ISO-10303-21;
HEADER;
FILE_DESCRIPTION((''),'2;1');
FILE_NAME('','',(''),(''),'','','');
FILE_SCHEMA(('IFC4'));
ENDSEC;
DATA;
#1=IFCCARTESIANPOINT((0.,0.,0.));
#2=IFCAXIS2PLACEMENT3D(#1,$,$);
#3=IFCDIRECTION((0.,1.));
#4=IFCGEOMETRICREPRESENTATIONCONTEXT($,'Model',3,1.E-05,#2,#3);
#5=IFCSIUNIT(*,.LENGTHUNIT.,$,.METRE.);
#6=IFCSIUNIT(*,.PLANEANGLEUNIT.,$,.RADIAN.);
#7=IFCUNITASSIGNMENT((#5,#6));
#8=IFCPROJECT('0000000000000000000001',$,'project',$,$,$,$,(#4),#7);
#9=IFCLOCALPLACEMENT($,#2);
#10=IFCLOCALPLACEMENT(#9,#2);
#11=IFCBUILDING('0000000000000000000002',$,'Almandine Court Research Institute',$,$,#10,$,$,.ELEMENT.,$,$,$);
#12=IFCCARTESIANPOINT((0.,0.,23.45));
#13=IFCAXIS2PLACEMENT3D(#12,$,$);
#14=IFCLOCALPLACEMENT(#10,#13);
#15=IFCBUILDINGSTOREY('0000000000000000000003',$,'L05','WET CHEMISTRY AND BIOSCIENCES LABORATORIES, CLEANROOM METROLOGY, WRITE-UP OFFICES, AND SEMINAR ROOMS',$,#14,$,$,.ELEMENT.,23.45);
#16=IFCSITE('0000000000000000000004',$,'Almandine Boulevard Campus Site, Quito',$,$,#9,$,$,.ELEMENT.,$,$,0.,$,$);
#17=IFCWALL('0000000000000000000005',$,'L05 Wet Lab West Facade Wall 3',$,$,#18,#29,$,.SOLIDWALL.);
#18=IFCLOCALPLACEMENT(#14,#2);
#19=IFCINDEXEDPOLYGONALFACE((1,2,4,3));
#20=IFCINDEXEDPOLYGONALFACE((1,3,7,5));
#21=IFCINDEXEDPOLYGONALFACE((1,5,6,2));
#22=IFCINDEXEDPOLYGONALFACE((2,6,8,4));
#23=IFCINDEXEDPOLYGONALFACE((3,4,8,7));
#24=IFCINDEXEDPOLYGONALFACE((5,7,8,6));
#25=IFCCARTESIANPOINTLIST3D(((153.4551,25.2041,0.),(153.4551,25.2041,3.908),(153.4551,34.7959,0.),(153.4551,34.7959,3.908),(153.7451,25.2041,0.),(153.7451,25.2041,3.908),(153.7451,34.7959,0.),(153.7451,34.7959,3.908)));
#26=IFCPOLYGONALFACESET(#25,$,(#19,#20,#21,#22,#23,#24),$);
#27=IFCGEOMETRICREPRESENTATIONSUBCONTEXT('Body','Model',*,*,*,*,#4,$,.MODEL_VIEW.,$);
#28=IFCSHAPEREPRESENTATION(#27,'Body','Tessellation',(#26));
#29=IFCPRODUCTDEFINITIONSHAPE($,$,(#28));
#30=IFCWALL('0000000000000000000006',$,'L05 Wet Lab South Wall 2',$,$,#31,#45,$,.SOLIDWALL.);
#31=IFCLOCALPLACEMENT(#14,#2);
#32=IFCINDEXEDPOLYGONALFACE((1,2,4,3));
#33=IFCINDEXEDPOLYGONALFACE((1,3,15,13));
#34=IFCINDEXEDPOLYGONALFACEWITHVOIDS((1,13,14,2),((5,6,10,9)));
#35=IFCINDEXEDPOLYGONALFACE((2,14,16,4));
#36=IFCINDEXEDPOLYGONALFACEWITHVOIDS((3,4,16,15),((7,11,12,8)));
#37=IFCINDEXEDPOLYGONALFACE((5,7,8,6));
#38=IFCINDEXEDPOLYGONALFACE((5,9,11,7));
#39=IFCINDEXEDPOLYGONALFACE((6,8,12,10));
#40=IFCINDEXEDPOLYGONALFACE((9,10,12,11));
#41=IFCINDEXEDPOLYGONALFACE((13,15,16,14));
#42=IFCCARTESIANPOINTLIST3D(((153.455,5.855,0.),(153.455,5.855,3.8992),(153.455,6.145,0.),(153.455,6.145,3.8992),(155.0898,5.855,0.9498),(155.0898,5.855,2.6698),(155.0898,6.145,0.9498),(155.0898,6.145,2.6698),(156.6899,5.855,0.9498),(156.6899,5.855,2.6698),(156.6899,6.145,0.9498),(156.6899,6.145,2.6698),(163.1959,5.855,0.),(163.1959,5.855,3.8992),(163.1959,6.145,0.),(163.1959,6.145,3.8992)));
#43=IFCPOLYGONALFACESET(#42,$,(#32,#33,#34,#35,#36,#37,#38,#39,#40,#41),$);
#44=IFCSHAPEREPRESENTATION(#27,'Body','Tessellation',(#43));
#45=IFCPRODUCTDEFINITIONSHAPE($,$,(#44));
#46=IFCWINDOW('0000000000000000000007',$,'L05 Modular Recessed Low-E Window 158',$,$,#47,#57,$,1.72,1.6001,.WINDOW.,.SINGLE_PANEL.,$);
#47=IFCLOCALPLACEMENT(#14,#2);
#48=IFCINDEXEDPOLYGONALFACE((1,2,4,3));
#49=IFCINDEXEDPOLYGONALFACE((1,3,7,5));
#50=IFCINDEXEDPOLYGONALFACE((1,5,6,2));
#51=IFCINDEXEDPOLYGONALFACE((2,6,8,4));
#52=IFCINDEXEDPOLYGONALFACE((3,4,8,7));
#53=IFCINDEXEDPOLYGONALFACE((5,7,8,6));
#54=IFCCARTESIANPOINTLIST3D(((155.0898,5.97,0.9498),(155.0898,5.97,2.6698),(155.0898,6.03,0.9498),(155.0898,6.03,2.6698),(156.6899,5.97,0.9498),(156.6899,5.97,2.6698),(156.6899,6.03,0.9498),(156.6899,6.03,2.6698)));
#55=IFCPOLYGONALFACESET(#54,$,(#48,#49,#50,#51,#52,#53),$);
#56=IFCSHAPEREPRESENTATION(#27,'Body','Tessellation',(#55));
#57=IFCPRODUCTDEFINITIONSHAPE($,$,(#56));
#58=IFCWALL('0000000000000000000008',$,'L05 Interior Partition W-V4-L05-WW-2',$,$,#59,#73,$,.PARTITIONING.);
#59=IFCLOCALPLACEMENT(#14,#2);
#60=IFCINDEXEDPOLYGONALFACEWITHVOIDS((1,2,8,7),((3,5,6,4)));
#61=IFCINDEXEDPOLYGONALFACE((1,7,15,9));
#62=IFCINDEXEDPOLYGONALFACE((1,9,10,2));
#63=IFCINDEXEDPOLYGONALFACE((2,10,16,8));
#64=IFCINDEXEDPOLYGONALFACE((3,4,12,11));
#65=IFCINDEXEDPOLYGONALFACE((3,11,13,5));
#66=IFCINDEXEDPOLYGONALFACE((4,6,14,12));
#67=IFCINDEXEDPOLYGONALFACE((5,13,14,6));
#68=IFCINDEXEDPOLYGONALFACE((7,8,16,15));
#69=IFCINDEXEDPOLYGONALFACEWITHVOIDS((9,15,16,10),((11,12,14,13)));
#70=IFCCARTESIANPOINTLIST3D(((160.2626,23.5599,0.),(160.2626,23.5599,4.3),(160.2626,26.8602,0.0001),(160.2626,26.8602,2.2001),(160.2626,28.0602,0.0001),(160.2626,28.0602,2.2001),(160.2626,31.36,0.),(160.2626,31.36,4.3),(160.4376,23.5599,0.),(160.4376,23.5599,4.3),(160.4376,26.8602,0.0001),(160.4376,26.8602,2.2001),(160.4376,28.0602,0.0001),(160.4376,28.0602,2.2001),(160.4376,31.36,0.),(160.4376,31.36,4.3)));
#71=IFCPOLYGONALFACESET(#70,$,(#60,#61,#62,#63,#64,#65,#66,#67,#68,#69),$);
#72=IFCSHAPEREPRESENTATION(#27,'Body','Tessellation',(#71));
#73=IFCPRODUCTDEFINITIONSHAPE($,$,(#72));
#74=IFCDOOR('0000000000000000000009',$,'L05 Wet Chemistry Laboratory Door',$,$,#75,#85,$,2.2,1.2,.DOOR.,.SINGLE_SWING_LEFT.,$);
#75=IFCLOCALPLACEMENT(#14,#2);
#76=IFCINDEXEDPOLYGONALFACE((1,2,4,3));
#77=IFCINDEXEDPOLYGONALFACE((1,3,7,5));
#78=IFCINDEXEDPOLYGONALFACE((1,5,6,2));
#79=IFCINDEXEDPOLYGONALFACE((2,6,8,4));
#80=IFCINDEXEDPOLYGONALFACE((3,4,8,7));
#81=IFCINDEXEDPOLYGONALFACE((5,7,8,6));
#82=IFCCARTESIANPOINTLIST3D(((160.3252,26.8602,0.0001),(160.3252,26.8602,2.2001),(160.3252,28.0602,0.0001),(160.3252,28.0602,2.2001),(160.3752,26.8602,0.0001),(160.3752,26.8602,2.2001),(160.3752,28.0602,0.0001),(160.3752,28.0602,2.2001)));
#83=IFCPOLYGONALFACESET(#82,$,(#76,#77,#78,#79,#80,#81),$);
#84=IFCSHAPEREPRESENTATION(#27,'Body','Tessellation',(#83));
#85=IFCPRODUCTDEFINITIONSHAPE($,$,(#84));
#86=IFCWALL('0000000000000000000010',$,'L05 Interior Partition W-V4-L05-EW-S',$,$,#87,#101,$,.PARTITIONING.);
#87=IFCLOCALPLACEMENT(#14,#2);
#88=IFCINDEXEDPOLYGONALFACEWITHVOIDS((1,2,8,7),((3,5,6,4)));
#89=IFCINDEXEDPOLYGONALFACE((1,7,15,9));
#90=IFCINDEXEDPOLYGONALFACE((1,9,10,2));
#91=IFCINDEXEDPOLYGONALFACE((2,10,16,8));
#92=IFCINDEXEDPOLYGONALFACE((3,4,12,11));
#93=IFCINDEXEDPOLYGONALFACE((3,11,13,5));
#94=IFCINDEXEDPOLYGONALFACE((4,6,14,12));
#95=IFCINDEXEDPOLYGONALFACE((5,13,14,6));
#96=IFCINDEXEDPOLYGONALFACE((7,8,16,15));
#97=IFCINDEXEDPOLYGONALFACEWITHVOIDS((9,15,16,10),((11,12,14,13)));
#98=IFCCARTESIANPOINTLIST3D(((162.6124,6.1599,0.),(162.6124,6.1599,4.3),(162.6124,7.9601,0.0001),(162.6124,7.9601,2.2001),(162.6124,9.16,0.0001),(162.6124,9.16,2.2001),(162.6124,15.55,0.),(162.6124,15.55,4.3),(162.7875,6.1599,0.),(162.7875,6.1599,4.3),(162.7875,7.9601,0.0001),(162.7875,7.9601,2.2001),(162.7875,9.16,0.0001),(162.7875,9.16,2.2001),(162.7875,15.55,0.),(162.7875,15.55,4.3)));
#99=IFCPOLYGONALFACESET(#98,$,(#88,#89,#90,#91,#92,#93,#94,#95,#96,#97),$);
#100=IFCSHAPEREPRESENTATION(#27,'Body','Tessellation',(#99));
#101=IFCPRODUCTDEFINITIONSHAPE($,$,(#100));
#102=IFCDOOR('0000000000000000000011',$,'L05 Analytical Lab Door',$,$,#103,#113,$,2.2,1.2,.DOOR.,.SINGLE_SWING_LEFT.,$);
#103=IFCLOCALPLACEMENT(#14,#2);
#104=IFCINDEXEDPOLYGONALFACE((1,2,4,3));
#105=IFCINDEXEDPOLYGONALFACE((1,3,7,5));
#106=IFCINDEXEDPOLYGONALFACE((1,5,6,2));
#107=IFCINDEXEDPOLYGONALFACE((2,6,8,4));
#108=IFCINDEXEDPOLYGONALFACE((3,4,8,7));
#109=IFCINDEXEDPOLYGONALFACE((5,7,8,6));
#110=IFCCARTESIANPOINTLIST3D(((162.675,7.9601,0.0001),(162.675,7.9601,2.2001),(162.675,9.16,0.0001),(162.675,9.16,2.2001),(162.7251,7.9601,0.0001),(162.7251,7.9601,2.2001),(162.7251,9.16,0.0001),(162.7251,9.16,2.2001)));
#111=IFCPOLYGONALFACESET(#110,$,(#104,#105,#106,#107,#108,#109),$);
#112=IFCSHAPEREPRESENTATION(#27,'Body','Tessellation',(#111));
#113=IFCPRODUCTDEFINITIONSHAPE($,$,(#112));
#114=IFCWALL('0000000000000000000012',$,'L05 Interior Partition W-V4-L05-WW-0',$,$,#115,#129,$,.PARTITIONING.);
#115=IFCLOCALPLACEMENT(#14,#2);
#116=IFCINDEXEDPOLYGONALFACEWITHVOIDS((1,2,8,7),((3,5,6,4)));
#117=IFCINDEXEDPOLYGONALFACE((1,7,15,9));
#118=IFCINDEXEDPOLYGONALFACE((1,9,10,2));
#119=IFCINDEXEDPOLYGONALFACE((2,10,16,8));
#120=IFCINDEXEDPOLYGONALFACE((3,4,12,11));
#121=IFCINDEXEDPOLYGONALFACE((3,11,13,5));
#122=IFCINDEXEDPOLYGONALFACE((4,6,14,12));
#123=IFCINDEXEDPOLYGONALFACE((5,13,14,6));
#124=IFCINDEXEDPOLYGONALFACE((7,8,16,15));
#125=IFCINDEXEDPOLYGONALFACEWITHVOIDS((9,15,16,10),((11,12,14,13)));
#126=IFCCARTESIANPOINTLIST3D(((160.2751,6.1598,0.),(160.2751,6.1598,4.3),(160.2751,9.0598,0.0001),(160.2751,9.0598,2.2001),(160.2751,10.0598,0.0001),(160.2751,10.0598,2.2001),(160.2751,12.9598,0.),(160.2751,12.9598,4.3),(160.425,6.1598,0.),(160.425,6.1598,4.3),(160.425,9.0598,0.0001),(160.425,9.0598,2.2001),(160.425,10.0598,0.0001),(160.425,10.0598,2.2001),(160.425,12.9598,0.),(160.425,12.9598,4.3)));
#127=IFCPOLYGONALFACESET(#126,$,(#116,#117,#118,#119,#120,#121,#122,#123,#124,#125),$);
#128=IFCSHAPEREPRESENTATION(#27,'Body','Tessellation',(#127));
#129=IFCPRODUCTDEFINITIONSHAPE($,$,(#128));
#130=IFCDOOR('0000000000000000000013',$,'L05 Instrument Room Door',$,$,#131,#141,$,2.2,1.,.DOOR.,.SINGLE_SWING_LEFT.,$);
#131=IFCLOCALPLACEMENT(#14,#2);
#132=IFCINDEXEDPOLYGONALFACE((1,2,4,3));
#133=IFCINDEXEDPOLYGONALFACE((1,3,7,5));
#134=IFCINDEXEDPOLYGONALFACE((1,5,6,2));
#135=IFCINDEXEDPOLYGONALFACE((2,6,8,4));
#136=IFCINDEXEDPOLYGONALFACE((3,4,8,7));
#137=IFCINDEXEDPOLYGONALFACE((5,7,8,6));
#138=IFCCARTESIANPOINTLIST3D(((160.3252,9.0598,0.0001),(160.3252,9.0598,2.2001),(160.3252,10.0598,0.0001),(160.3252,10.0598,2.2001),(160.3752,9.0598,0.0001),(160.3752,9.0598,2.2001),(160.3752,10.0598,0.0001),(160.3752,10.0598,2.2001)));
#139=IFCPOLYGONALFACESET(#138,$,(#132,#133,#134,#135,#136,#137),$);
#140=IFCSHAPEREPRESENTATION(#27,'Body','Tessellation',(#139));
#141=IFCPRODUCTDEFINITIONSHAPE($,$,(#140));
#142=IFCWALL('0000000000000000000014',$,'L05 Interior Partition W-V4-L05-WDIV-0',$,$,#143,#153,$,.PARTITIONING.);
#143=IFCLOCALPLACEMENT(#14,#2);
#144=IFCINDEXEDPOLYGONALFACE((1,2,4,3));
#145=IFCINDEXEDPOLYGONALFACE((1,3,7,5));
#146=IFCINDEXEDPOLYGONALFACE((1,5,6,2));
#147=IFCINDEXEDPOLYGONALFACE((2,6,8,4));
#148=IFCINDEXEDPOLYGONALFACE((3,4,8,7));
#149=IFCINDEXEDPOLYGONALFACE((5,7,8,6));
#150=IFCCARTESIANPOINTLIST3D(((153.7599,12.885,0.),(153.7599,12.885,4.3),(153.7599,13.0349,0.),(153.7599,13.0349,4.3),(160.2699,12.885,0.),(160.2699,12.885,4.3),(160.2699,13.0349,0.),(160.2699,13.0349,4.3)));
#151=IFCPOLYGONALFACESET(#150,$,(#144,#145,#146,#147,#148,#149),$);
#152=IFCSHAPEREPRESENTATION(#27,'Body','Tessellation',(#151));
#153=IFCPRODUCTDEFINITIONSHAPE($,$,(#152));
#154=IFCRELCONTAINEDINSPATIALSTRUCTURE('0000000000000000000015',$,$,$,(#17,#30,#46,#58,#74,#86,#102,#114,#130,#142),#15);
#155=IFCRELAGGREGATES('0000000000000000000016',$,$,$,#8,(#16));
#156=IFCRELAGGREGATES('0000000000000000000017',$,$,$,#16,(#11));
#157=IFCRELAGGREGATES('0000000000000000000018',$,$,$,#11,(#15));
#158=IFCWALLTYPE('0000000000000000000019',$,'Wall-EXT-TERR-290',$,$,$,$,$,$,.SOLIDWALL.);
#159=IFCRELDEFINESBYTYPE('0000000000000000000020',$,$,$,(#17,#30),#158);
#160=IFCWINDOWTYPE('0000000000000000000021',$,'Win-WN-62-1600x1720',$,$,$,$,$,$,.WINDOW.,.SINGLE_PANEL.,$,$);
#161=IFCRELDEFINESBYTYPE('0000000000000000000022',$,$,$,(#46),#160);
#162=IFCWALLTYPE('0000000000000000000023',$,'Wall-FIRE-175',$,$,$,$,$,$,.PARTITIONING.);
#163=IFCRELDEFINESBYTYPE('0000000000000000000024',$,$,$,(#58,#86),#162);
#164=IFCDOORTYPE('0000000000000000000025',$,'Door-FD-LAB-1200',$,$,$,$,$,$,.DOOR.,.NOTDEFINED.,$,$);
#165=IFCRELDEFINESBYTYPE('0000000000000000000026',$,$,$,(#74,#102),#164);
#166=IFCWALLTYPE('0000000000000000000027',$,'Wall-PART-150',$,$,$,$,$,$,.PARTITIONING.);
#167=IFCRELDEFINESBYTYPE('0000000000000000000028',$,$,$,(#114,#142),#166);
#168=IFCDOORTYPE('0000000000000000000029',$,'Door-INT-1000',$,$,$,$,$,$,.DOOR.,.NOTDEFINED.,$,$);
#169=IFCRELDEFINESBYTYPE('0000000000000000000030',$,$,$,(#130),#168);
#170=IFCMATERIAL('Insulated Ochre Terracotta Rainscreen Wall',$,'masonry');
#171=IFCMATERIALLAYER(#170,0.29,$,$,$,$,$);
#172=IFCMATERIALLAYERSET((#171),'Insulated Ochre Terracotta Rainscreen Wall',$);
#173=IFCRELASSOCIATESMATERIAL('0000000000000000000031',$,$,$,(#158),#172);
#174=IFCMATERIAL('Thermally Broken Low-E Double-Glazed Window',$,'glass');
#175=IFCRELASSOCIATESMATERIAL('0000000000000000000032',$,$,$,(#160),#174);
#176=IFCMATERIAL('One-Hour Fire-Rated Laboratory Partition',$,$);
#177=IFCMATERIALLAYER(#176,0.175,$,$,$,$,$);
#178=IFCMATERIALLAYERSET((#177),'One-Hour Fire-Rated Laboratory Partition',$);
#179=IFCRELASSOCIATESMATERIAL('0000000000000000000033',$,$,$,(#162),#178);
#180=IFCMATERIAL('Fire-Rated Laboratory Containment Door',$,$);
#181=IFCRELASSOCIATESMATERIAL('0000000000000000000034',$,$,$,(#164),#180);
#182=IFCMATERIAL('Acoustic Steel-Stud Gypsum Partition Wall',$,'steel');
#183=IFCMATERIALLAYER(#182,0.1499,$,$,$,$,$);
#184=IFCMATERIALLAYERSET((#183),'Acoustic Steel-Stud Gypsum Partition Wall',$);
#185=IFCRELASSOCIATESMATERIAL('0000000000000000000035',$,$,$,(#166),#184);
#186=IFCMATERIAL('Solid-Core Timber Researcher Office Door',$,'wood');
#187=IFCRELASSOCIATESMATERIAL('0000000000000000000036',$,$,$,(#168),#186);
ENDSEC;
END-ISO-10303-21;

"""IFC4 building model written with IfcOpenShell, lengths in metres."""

from ifc_helpers import new_model, si_unit, direction, frame, frame_2d, origin, place, context, subcontext, project, spatial, rectangle, extrude, material, layer, layer_set, type_object, element, fill, save


model = new_model("IFC4")

# Units and contexts
model_context = context("Model", 3, precision=1e-05, world=origin(), true_north=direction((0.0, 1.0)))
body_context = subcontext(model_context, "Body", "Model", "MODEL_VIEW")
ifc_project = project(units=[si_unit("LENGTHUNIT", "METRE"), si_unit("PLANEANGLEUNIT", "RADIAN")], contexts=[model_context])

# Site, building, storey
site_placement = place(None, origin())
site = spatial("IfcSite", under=ifc_project, at=site_placement, Name="Almandine Boulevard Campus Site, Quito", CompositionType="ELEMENT", RefElevation=0.0)
building_placement = place(site_placement, origin())
building = spatial("IfcBuilding", under=site, at=building_placement, Name="Almandine Court Research Institute", CompositionType="ELEMENT")
storey_placement = place(building_placement, frame((0.0, 0.0, 23.45)))
storey = spatial("IfcBuildingStorey", under=building, at=storey_placement, Name="L05", Description="WET CHEMISTRY AND BIOSCIENCES LABORATORIES, CLEANROOM METROLOGY, WRITE-UP OFFICES, AND SEMINAR ROOMS", CompositionType="ELEMENT", Elevation=23.45)

# Wall
ifc_material_1 = material(Name="Insulated Ochre Terracotta Rainscreen Wall", Category="masonry")
ifc_layer_1 = layer(ifc_material_1, 0.29)
ifc_layer_set_1 = layer_set([ifc_layer_1], Name="Insulated Ochre Terracotta Rainscreen Wall")
wall_type_1 = type_object("IfcWallType", Name="Wall-EXT-TERR-290", PredefinedType="SOLIDWALL", material=ifc_layer_set_1)
wall_1_placement = place(storey_placement, frame((153.6001, 25.2041, 0.0), z_axis=(0.0, 0.0, 1.0), x_axis=(0.0, 1.0, 0.0)))
element("IfcWall", 1, at=wall_1_placement, inside=storey, type_object=wall_type_1, Name="L05 Wet Lab West Facade Wall 3", PredefinedType="SOLIDWALL", context=body_context, shape_type="SweptSolid", body=[
    extrude(rectangle(XDim=9.5918, YDim=0.29, at=frame_2d((4.7959, 0.0))), origin(), (0.0, 0.0, 1.0), 3.908),
])

# Wall, opening, window
wall_2_placement = place(storey_placement, frame((163.196, 6.0, 0.0), z_axis=(0.0, 0.0, 1.0), x_axis=(-1.0, 0.0, 0.0)))
wall_2 = element("IfcWall", 2, at=wall_2_placement, inside=storey, type_object=wall_type_1, Name="L05 Wet Lab South Wall 2", PredefinedType="SOLIDWALL", context=body_context, shape_type="SweptSolid", body=[
    extrude(rectangle(XDim=9.741, YDim=0.29, at=frame_2d((4.8706, 0.0))), origin(), (0.0, 0.0, 1.0), 3.8992),
])
opening_1_placement = place(wall_2_placement, frame((6.5061, 0.0, 0.95)))
opening_1 = element("IfcOpeningElement", 3, at=opening_1_placement, cuts=wall_2, PredefinedType="OPENING", context=body_context, shape_type="SweptSolid", body=[
    extrude(rectangle(XDim=1.6001, YDim=1.72, at=frame_2d((0.8, 0.8599))), frame((0.0, 0.155, 0.0), z_axis=(0.0, -1.0, 0.0), x_axis=(1.0, 0.0, 0.0)), (0.0, 0.0, 1.0), 0.3101),
])
ifc_material_2 = material(Name="Thermally Broken Low-E Double-Glazed Window", Category="glass")
window_type = type_object("IfcWindowType", Name="Win-WN-62-1600x1720", PartitioningType="SINGLE_PANEL", PredefinedType="WINDOW", material=ifc_material_2)
window_placement = place(opening_1_placement, origin())
window = element("IfcWindow", 4, at=window_placement, inside=storey, type_object=window_type, Name="L05 Modular Recessed Low-E Window 158", OverallHeight=1.72, OverallWidth=1.6001, PartitioningType="SINGLE_PANEL", PredefinedType="WINDOW", context=body_context, shape_type="SweptSolid", body=[
    extrude(rectangle(XDim=1.6001, YDim=1.72, at=frame_2d((0.8, 0.8599))), frame((0.0, 0.03, 0.0), z_axis=(0.0, -1.0, 0.0), x_axis=(1.0, 0.0, 0.0)), (0.0, 0.0, 1.0), 0.0601),
])
fill(opening_1, window)

# Walls, openings, doors
ifc_material_3 = material(Name="One-Hour Fire-Rated Laboratory Partition")
ifc_layer_2 = layer(ifc_material_3, 0.175)
ifc_layer_set_2 = layer_set([ifc_layer_2], Name="One-Hour Fire-Rated Laboratory Partition")
wall_type_2 = type_object("IfcWallType", Name="Wall-FIRE-175", PredefinedType="PARTITIONING", material=ifc_layer_set_2)
wall_3_placement = place(storey_placement, frame((160.3501, 23.5601, 0.0), z_axis=(0.0, 0.0, 1.0), x_axis=(0.0, 1.0, 0.0)))
wall_3 = element("IfcWall", 5, at=wall_3_placement, inside=storey, type_object=wall_type_2, Name="L05 Interior Partition W-V4-L05-WW-2", PredefinedType="PARTITIONING", context=body_context, shape_type="SweptSolid", body=[
    extrude(rectangle(XDim=7.8, YDim=0.175, at=frame_2d((3.8999, 0.0))), origin(), (0.0, 0.0, 1.0), 4.3),
])
opening_2_placement = place(wall_3_placement, frame((3.3, 0.0, 0.0)))
opening_2 = element("IfcOpeningElement", 6, at=opening_2_placement, cuts=wall_3, PredefinedType="OPENING", context=body_context, shape_type="SweptSolid", body=[
    extrude(rectangle(XDim=1.2, YDim=2.2, at=frame_2d((0.6001, 1.1001))), frame((0.0, 0.0974, 0.0), z_axis=(0.0, -1.0, 0.0), x_axis=(1.0, 0.0, 0.0)), (0.0, 0.0, 1.0), 0.1951),
])
ifc_material_4 = material(Name="Fire-Rated Laboratory Containment Door")
door_type_1 = type_object("IfcDoorType", Name="Door-FD-LAB-1200", OperationType="NOTDEFINED", PredefinedType="DOOR", material=ifc_material_4)
door_1_placement = place(opening_2_placement, origin())
door_1 = element("IfcDoor", 7, at=door_1_placement, inside=storey, type_object=door_type_1, Name="L05 Wet Chemistry Laboratory Door", OperationType="SINGLE_SWING_LEFT", OverallHeight=2.2, OverallWidth=1.2, PredefinedType="DOOR", context=body_context, shape_type="SweptSolid", body=[
    extrude(rectangle(XDim=1.2, YDim=2.2, at=frame_2d((0.6001, 1.1001))), frame((0.0, 0.0249, 0.0), z_axis=(0.0, -1.0, 0.0), x_axis=(1.0, 0.0, 0.0)), (0.0, 0.0, 1.0), 0.05),
])
fill(opening_2, door_1)
wall_4_placement = place(storey_placement, frame((162.7, 6.1599, 0.0), z_axis=(0.0, 0.0, 1.0), x_axis=(0.0, 1.0, 0.0)))
wall_4 = element("IfcWall", 8, at=wall_4_placement, inside=storey, type_object=wall_type_2, Name="L05 Interior Partition W-V4-L05-EW-S", PredefinedType="PARTITIONING", context=body_context, shape_type="SweptSolid", body=[
    extrude(rectangle(XDim=9.3901, YDim=0.175, at=frame_2d((4.6951, 0.0))), origin(), (0.0, 0.0, 1.0), 4.3),
])
opening_3_placement = place(wall_4_placement, frame((1.8, 0.0, 0.0)))
opening_3 = element("IfcOpeningElement", 9, at=opening_3_placement, cuts=wall_4, PredefinedType="OPENING", context=body_context, shape_type="SweptSolid", body=[
    extrude(rectangle(XDim=1.2, YDim=2.2, at=frame_2d((0.6001, 1.1001))), frame((0.0, 0.0974, 0.0), z_axis=(0.0, -1.0, 0.0), x_axis=(1.0, 0.0, 0.0)), (0.0, 0.0, 1.0), 0.1951),
])
door_2_placement = place(opening_3_placement, origin())
door_2 = element("IfcDoor", 10, at=door_2_placement, inside=storey, type_object=door_type_1, Name="L05 Analytical Lab Door", OperationType="SINGLE_SWING_LEFT", OverallHeight=2.2, OverallWidth=1.2, PredefinedType="DOOR", context=body_context, shape_type="SweptSolid", body=[
    extrude(rectangle(XDim=1.2, YDim=2.2, at=frame_2d((0.6001, 1.1001))), frame((0.0, 0.0249, 0.0), z_axis=(0.0, -1.0, 0.0), x_axis=(1.0, 0.0, 0.0)), (0.0, 0.0, 1.0), 0.05),
])
fill(opening_3, door_2)
ifc_material_5 = material(Name="Acoustic Steel-Stud Gypsum Partition Wall", Category="steel")
ifc_layer_3 = layer(ifc_material_5, 0.1499)
ifc_layer_set_3 = layer_set([ifc_layer_3], Name="Acoustic Steel-Stud Gypsum Partition Wall")
wall_type_3 = type_object("IfcWallType", Name="Wall-PART-150", PredefinedType="PARTITIONING", material=ifc_layer_set_3)
wall_5_placement = place(storey_placement, frame((160.3501, 6.1599, 0.0), z_axis=(0.0, 0.0, 1.0), x_axis=(0.0, 1.0, 0.0)))
wall_5 = element("IfcWall", 11, at=wall_5_placement, inside=storey, type_object=wall_type_3, Name="L05 Interior Partition W-V4-L05-WW-0", PredefinedType="PARTITIONING", context=body_context, shape_type="SweptSolid", body=[
    extrude(rectangle(XDim=6.8, YDim=0.1499, at=frame_2d((3.3999, 0.0))), origin(), (0.0, 0.0, 1.0), 4.3),
])
opening_4_placement = place(wall_5_placement, frame((2.8999, 0.0, 0.0)))
opening_4 = element("IfcOpeningElement", 12, at=opening_4_placement, cuts=wall_5, PredefinedType="OPENING", context=body_context, shape_type="SweptSolid", body=[
    extrude(rectangle(XDim=1.0, YDim=2.2, at=frame_2d((0.5, 1.1001))), frame((0.0, 0.085, 0.0), z_axis=(0.0, -1.0, 0.0), x_axis=(1.0, 0.0, 0.0)), (0.0, 0.0, 1.0), 0.1699),
])
ifc_material_6 = material(Name="Solid-Core Timber Researcher Office Door", Category="wood")
door_type_2 = type_object("IfcDoorType", Name="Door-INT-1000", OperationType="NOTDEFINED", PredefinedType="DOOR", material=ifc_material_6)
door_3_placement = place(opening_4_placement, origin())
door_3 = element("IfcDoor", 13, at=door_3_placement, inside=storey, type_object=door_type_2, Name="L05 Instrument Room Door", OperationType="SINGLE_SWING_LEFT", OverallHeight=2.2, OverallWidth=1.0, PredefinedType="DOOR", context=body_context, shape_type="SweptSolid", body=[
    extrude(rectangle(XDim=1.0, YDim=2.2, at=frame_2d((0.5, 1.1001))), frame((0.0, 0.0249, 0.0), z_axis=(0.0, -1.0, 0.0), x_axis=(1.0, 0.0, 0.0)), (0.0, 0.0, 1.0), 0.05),
])
fill(opening_4, door_3)

# Wall
wall_6_placement = place(storey_placement, frame((153.76, 12.96, 0.0), z_axis=(0.0, 0.0, 1.0), x_axis=(1.0, 0.0, 0.0)))
element("IfcWall", 14, at=wall_6_placement, inside=storey, type_object=wall_type_3, Name="L05 Interior Partition W-V4-L05-WDIV-0", PredefinedType="PARTITIONING", context=body_context, shape_type="SweptSolid", body=[
    extrude(rectangle(XDim=6.51, YDim=0.1499, at=frame_2d((3.2549, 0.0))), origin(), (0.0, 0.0, 1.0), 4.3),
])

save(model, "model.ifc")
